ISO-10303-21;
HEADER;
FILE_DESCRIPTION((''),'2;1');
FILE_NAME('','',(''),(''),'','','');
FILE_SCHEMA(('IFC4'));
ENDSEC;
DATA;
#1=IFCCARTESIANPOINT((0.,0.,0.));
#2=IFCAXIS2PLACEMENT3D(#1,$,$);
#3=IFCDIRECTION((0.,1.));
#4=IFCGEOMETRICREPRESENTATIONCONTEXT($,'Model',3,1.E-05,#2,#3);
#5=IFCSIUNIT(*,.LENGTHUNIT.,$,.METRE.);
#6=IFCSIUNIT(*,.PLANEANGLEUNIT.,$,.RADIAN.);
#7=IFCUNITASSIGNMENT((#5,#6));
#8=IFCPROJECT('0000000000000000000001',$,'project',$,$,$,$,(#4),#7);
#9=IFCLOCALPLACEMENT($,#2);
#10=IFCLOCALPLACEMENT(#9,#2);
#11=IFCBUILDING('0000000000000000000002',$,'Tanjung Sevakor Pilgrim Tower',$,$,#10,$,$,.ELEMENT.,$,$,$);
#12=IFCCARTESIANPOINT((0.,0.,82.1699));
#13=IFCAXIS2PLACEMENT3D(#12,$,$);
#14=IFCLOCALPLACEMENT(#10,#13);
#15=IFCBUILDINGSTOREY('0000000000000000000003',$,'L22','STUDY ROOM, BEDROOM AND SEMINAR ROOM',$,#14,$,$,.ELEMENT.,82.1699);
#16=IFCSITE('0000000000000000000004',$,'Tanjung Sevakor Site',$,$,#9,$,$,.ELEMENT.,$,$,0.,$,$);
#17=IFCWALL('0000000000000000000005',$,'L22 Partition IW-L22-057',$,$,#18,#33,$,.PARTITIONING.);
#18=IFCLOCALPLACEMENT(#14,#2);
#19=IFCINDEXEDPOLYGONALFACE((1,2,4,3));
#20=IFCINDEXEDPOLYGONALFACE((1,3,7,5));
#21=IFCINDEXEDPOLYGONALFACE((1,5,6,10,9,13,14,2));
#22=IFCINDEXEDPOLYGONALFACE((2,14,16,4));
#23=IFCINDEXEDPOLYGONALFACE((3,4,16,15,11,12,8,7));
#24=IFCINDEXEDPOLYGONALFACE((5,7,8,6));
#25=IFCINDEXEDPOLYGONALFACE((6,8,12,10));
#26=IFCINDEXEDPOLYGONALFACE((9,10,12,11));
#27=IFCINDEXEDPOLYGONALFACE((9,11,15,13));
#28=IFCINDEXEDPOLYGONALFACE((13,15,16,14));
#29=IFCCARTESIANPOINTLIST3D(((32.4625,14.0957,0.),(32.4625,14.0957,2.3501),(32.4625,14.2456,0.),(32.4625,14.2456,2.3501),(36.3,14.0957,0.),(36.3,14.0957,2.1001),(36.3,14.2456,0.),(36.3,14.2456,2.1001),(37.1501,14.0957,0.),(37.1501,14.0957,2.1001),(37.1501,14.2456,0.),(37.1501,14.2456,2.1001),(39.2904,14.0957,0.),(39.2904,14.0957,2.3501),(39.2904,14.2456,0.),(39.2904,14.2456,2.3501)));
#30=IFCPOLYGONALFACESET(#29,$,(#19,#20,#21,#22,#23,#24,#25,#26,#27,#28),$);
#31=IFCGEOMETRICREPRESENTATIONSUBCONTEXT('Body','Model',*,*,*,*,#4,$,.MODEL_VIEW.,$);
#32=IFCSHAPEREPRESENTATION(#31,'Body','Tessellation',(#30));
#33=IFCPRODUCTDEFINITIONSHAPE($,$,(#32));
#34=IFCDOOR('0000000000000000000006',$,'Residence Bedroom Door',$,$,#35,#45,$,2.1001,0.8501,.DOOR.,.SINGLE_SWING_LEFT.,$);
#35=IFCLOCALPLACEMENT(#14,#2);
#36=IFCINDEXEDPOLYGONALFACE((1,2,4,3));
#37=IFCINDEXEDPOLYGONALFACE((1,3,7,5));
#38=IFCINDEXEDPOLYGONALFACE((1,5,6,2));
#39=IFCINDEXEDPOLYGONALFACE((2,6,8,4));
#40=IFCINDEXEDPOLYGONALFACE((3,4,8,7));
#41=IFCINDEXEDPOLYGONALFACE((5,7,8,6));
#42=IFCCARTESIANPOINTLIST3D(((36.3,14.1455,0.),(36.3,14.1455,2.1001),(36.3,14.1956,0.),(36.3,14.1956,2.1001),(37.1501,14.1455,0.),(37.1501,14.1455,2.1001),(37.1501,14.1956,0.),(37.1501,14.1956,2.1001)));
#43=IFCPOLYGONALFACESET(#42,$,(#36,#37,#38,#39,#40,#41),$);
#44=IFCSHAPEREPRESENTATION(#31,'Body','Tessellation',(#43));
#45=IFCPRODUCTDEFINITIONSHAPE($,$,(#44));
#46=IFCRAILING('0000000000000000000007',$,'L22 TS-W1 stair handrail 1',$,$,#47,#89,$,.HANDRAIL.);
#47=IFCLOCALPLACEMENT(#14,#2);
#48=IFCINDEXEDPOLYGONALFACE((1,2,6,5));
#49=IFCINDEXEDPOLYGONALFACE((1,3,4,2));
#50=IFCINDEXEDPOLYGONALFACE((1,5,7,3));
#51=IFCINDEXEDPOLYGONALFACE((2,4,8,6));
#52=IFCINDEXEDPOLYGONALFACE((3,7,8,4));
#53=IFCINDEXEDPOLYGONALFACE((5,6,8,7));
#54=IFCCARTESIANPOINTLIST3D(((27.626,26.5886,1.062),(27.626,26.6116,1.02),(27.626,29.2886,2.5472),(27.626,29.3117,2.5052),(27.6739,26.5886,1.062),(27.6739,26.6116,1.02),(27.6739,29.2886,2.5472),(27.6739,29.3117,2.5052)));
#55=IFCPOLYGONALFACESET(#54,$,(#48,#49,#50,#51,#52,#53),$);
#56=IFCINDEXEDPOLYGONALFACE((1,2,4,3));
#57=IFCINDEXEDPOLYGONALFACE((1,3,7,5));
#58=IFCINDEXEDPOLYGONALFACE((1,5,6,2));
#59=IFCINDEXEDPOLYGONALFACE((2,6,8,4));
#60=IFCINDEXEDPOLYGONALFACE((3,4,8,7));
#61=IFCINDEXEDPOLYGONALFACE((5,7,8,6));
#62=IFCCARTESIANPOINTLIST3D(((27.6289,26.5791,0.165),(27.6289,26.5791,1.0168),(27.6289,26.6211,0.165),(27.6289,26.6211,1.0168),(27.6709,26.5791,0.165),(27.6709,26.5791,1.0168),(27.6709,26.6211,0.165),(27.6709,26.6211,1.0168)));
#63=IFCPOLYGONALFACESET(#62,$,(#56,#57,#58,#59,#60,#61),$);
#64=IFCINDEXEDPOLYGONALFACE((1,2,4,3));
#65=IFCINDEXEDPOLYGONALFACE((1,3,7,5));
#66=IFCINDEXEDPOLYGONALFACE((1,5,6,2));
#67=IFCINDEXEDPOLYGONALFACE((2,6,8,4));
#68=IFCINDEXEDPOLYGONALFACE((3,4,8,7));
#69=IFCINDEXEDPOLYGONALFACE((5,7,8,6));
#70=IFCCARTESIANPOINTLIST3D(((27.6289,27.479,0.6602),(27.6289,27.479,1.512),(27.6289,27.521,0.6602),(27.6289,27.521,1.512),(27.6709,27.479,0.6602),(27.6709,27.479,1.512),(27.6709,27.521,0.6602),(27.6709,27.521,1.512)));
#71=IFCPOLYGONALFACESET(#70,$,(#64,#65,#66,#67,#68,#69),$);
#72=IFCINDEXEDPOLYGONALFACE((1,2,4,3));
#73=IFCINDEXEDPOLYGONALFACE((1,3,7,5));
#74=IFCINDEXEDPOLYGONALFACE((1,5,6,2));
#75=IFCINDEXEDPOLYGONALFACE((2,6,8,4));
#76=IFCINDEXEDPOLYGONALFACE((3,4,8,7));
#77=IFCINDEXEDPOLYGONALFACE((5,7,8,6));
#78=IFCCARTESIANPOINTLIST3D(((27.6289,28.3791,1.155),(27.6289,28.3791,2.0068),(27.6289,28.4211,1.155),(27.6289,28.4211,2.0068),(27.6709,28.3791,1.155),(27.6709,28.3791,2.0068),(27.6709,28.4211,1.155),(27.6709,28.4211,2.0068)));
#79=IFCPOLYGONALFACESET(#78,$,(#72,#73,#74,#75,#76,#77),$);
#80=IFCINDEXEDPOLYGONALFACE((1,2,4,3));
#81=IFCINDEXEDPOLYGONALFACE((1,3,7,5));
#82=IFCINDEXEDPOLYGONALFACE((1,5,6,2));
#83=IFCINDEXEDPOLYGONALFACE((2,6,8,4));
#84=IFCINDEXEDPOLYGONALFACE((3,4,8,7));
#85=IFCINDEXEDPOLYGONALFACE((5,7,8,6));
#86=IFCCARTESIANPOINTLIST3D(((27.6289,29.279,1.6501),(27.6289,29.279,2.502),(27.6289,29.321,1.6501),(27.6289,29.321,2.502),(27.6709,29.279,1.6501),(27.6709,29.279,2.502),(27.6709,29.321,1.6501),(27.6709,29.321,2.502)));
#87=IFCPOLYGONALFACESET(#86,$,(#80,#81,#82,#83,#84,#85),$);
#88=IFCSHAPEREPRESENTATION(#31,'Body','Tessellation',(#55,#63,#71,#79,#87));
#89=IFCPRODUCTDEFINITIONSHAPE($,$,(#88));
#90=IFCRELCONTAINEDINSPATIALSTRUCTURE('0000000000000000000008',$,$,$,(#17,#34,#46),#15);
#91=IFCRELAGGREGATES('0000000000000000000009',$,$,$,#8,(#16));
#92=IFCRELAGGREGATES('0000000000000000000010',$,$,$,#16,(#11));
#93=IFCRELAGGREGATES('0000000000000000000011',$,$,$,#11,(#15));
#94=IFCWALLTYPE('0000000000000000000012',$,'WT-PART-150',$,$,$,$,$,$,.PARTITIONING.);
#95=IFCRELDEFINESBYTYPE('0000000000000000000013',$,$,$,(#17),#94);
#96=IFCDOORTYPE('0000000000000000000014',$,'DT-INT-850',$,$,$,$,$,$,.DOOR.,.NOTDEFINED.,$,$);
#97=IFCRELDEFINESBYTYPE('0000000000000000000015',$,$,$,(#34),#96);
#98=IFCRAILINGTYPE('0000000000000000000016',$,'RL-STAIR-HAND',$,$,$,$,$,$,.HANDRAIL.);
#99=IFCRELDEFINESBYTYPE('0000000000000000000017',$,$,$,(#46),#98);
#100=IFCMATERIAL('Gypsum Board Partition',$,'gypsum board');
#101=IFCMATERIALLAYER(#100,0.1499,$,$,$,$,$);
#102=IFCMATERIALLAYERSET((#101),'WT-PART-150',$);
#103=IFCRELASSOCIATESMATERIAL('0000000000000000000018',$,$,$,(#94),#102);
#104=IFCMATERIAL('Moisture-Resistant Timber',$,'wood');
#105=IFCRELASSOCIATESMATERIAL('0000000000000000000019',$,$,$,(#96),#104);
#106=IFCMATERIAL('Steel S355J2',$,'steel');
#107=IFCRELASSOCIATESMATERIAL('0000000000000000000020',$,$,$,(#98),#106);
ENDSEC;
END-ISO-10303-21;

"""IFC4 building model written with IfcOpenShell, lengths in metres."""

from ifc_helpers import new_model, si_unit, direction, frame, frame_2d, origin, place, context, subcontext, project, spatial, rectangle, extrude, material, layer, layer_set, type_object, element, fill, save


model = new_model("IFC4")

# Units and contexts
model_context = context("Model", 3, precision=1e-05, world=origin(), true_north=direction((0.0, 1.0)))
body_context = subcontext(model_context, "Body", "Model", "MODEL_VIEW")
ifc_project = project(units=[si_unit("LENGTHUNIT", "METRE"), si_unit("PLANEANGLEUNIT", "RADIAN")], contexts=[model_context])

# Site, building, storey
site_placement = place(None, origin())
site = spatial("IfcSite", under=ifc_project, at=site_placement, Name="Tanjung Sevakor Site", CompositionType="ELEMENT", RefElevation=0.0)
building_placement = place(site_placement, origin())
building = spatial("IfcBuilding", under=site, at=building_placement, Name="Tanjung Sevakor Pilgrim Tower", CompositionType="ELEMENT")
storey_placement = place(building_placement, frame((0.0, 0.0, 82.1699)))
storey = spatial("IfcBuildingStorey", under=building, at=storey_placement, Name="L22", Description="STUDY ROOM, BEDROOM AND SEMINAR ROOM", CompositionType="ELEMENT", Elevation=82.1699)

# Shared definitions
ifc_material_1 = material(Name="Gypsum Board Partition", Category="gypsum board")
ifc_layer_1 = layer(ifc_material_1, 0.1499)
ifc_layer_set_1 = layer_set([ifc_layer_1], Name="WT-PART-150")
wall_type_1 = type_object("IfcWallType", Name="WT-PART-150", PredefinedType="PARTITIONING", material=ifc_layer_set_1)

# Shared definitions
ifc_material_2 = material(Name="Moisture-Resistant Timber", Category="wood")
door_type_1 = type_object("IfcDoorType", Name="DT-INT-850", OperationType="NOTDEFINED", PredefinedType="DOOR", material=ifc_material_2)

# Wall, opening, door
wall_1_placement = place(storey_placement, frame((32.4624, 14.1707, 0.0), z_axis=(0.0, 0.0, 1.0), x_axis=(1.0, 0.0, 0.0)))
wall_1 = element("IfcWall", 1, at=wall_1_placement, inside=storey, type_object=wall_type_1, Name="L22 Partition IW-L22-057", PredefinedType="PARTITIONING", context=body_context, shape_type="SweptSolid", body=[
    extrude(rectangle(XDim=6.8279, YDim=0.1499, at=frame_2d((3.4141, 0.0))), origin(), (0.0, 0.0, 1.0), 2.3501),
])
opening_1_placement = place(wall_1_placement, frame((3.8376, 0.0, 0.0)))
opening_1 = element("IfcOpeningElement", 2, at=opening_1_placement, cuts=wall_1, PredefinedType="OPENING", context=body_context, shape_type="SweptSolid", body=[
    extrude(rectangle(XDim=0.8501, YDim=2.1001, at=frame_2d((0.425, 1.05))), frame((0.0, 0.085, 0.0), z_axis=(0.0, -1.0, 0.0), x_axis=(1.0, 0.0, 0.0)), (0.0, 0.0, 1.0), 0.1699),
])
door_1_placement = place(opening_1_placement, origin())
door_1 = element("IfcDoor", 3, at=door_1_placement, inside=storey, type_object=door_type_1, Name="Residence Bedroom Door", OperationType="SINGLE_SWING_LEFT", OverallHeight=2.1001, OverallWidth=0.8501, PredefinedType="DOOR", context=body_context, shape_type="SweptSolid", body=[
    extrude(rectangle(XDim=0.8501, YDim=2.1001, at=frame_2d((0.425, 1.05))), frame((0.0, 0.0249, 0.0), z_axis=(0.0, -1.0, 0.0), x_axis=(1.0, 0.0, 0.0)), (0.0, 0.0, 1.0), 0.05),
])
fill(opening_1, door_1)

# Railing
ifc_material_3 = material(Name="Steel S355J2", Category="steel")
railing_type = type_object("IfcRailingType", Name="RL-STAIR-HAND", PredefinedType="HANDRAIL", material=ifc_material_3)
railing_placement = place(storey_placement, frame((27.6499, 26.6001, 0.165)))
element("IfcRailing", 4, at=railing_placement, inside=storey, type_object=railing_type, Name="L22 TS-W1 stair handrail 1", PredefinedType="HANDRAIL", context=body_context, shape_type="SweptSolid", body=[
    extrude(rectangle(XDim=0.0479, YDim=0.0479), frame((0.0, 0.0, 0.876), z_axis=(0.0, 0.876198, 0.481952), x_axis=(-1.0, 0.0, 0.0)), (0.0, 0.0, 1.0), 3.0815),
    extrude(rectangle(XDim=0.042, YDim=0.042), origin(), (0.0, 0.0, 1.0), 0.8518),
    extrude(rectangle(XDim=0.042, YDim=0.042), frame((0.0, 0.8999, 0.4951)), (0.0, 0.0, 1.0), 0.8518),
    extrude(rectangle(XDim=0.042, YDim=0.042), frame((0.0, 1.8, 0.99)), (0.0, 0.0, 1.0), 0.8518),
    extrude(rectangle(XDim=0.042, YDim=0.042), frame((0.0, 2.7, 1.4851)), (0.0, 0.0, 1.0), 0.8518),
])

save(model, "model.ifc")
